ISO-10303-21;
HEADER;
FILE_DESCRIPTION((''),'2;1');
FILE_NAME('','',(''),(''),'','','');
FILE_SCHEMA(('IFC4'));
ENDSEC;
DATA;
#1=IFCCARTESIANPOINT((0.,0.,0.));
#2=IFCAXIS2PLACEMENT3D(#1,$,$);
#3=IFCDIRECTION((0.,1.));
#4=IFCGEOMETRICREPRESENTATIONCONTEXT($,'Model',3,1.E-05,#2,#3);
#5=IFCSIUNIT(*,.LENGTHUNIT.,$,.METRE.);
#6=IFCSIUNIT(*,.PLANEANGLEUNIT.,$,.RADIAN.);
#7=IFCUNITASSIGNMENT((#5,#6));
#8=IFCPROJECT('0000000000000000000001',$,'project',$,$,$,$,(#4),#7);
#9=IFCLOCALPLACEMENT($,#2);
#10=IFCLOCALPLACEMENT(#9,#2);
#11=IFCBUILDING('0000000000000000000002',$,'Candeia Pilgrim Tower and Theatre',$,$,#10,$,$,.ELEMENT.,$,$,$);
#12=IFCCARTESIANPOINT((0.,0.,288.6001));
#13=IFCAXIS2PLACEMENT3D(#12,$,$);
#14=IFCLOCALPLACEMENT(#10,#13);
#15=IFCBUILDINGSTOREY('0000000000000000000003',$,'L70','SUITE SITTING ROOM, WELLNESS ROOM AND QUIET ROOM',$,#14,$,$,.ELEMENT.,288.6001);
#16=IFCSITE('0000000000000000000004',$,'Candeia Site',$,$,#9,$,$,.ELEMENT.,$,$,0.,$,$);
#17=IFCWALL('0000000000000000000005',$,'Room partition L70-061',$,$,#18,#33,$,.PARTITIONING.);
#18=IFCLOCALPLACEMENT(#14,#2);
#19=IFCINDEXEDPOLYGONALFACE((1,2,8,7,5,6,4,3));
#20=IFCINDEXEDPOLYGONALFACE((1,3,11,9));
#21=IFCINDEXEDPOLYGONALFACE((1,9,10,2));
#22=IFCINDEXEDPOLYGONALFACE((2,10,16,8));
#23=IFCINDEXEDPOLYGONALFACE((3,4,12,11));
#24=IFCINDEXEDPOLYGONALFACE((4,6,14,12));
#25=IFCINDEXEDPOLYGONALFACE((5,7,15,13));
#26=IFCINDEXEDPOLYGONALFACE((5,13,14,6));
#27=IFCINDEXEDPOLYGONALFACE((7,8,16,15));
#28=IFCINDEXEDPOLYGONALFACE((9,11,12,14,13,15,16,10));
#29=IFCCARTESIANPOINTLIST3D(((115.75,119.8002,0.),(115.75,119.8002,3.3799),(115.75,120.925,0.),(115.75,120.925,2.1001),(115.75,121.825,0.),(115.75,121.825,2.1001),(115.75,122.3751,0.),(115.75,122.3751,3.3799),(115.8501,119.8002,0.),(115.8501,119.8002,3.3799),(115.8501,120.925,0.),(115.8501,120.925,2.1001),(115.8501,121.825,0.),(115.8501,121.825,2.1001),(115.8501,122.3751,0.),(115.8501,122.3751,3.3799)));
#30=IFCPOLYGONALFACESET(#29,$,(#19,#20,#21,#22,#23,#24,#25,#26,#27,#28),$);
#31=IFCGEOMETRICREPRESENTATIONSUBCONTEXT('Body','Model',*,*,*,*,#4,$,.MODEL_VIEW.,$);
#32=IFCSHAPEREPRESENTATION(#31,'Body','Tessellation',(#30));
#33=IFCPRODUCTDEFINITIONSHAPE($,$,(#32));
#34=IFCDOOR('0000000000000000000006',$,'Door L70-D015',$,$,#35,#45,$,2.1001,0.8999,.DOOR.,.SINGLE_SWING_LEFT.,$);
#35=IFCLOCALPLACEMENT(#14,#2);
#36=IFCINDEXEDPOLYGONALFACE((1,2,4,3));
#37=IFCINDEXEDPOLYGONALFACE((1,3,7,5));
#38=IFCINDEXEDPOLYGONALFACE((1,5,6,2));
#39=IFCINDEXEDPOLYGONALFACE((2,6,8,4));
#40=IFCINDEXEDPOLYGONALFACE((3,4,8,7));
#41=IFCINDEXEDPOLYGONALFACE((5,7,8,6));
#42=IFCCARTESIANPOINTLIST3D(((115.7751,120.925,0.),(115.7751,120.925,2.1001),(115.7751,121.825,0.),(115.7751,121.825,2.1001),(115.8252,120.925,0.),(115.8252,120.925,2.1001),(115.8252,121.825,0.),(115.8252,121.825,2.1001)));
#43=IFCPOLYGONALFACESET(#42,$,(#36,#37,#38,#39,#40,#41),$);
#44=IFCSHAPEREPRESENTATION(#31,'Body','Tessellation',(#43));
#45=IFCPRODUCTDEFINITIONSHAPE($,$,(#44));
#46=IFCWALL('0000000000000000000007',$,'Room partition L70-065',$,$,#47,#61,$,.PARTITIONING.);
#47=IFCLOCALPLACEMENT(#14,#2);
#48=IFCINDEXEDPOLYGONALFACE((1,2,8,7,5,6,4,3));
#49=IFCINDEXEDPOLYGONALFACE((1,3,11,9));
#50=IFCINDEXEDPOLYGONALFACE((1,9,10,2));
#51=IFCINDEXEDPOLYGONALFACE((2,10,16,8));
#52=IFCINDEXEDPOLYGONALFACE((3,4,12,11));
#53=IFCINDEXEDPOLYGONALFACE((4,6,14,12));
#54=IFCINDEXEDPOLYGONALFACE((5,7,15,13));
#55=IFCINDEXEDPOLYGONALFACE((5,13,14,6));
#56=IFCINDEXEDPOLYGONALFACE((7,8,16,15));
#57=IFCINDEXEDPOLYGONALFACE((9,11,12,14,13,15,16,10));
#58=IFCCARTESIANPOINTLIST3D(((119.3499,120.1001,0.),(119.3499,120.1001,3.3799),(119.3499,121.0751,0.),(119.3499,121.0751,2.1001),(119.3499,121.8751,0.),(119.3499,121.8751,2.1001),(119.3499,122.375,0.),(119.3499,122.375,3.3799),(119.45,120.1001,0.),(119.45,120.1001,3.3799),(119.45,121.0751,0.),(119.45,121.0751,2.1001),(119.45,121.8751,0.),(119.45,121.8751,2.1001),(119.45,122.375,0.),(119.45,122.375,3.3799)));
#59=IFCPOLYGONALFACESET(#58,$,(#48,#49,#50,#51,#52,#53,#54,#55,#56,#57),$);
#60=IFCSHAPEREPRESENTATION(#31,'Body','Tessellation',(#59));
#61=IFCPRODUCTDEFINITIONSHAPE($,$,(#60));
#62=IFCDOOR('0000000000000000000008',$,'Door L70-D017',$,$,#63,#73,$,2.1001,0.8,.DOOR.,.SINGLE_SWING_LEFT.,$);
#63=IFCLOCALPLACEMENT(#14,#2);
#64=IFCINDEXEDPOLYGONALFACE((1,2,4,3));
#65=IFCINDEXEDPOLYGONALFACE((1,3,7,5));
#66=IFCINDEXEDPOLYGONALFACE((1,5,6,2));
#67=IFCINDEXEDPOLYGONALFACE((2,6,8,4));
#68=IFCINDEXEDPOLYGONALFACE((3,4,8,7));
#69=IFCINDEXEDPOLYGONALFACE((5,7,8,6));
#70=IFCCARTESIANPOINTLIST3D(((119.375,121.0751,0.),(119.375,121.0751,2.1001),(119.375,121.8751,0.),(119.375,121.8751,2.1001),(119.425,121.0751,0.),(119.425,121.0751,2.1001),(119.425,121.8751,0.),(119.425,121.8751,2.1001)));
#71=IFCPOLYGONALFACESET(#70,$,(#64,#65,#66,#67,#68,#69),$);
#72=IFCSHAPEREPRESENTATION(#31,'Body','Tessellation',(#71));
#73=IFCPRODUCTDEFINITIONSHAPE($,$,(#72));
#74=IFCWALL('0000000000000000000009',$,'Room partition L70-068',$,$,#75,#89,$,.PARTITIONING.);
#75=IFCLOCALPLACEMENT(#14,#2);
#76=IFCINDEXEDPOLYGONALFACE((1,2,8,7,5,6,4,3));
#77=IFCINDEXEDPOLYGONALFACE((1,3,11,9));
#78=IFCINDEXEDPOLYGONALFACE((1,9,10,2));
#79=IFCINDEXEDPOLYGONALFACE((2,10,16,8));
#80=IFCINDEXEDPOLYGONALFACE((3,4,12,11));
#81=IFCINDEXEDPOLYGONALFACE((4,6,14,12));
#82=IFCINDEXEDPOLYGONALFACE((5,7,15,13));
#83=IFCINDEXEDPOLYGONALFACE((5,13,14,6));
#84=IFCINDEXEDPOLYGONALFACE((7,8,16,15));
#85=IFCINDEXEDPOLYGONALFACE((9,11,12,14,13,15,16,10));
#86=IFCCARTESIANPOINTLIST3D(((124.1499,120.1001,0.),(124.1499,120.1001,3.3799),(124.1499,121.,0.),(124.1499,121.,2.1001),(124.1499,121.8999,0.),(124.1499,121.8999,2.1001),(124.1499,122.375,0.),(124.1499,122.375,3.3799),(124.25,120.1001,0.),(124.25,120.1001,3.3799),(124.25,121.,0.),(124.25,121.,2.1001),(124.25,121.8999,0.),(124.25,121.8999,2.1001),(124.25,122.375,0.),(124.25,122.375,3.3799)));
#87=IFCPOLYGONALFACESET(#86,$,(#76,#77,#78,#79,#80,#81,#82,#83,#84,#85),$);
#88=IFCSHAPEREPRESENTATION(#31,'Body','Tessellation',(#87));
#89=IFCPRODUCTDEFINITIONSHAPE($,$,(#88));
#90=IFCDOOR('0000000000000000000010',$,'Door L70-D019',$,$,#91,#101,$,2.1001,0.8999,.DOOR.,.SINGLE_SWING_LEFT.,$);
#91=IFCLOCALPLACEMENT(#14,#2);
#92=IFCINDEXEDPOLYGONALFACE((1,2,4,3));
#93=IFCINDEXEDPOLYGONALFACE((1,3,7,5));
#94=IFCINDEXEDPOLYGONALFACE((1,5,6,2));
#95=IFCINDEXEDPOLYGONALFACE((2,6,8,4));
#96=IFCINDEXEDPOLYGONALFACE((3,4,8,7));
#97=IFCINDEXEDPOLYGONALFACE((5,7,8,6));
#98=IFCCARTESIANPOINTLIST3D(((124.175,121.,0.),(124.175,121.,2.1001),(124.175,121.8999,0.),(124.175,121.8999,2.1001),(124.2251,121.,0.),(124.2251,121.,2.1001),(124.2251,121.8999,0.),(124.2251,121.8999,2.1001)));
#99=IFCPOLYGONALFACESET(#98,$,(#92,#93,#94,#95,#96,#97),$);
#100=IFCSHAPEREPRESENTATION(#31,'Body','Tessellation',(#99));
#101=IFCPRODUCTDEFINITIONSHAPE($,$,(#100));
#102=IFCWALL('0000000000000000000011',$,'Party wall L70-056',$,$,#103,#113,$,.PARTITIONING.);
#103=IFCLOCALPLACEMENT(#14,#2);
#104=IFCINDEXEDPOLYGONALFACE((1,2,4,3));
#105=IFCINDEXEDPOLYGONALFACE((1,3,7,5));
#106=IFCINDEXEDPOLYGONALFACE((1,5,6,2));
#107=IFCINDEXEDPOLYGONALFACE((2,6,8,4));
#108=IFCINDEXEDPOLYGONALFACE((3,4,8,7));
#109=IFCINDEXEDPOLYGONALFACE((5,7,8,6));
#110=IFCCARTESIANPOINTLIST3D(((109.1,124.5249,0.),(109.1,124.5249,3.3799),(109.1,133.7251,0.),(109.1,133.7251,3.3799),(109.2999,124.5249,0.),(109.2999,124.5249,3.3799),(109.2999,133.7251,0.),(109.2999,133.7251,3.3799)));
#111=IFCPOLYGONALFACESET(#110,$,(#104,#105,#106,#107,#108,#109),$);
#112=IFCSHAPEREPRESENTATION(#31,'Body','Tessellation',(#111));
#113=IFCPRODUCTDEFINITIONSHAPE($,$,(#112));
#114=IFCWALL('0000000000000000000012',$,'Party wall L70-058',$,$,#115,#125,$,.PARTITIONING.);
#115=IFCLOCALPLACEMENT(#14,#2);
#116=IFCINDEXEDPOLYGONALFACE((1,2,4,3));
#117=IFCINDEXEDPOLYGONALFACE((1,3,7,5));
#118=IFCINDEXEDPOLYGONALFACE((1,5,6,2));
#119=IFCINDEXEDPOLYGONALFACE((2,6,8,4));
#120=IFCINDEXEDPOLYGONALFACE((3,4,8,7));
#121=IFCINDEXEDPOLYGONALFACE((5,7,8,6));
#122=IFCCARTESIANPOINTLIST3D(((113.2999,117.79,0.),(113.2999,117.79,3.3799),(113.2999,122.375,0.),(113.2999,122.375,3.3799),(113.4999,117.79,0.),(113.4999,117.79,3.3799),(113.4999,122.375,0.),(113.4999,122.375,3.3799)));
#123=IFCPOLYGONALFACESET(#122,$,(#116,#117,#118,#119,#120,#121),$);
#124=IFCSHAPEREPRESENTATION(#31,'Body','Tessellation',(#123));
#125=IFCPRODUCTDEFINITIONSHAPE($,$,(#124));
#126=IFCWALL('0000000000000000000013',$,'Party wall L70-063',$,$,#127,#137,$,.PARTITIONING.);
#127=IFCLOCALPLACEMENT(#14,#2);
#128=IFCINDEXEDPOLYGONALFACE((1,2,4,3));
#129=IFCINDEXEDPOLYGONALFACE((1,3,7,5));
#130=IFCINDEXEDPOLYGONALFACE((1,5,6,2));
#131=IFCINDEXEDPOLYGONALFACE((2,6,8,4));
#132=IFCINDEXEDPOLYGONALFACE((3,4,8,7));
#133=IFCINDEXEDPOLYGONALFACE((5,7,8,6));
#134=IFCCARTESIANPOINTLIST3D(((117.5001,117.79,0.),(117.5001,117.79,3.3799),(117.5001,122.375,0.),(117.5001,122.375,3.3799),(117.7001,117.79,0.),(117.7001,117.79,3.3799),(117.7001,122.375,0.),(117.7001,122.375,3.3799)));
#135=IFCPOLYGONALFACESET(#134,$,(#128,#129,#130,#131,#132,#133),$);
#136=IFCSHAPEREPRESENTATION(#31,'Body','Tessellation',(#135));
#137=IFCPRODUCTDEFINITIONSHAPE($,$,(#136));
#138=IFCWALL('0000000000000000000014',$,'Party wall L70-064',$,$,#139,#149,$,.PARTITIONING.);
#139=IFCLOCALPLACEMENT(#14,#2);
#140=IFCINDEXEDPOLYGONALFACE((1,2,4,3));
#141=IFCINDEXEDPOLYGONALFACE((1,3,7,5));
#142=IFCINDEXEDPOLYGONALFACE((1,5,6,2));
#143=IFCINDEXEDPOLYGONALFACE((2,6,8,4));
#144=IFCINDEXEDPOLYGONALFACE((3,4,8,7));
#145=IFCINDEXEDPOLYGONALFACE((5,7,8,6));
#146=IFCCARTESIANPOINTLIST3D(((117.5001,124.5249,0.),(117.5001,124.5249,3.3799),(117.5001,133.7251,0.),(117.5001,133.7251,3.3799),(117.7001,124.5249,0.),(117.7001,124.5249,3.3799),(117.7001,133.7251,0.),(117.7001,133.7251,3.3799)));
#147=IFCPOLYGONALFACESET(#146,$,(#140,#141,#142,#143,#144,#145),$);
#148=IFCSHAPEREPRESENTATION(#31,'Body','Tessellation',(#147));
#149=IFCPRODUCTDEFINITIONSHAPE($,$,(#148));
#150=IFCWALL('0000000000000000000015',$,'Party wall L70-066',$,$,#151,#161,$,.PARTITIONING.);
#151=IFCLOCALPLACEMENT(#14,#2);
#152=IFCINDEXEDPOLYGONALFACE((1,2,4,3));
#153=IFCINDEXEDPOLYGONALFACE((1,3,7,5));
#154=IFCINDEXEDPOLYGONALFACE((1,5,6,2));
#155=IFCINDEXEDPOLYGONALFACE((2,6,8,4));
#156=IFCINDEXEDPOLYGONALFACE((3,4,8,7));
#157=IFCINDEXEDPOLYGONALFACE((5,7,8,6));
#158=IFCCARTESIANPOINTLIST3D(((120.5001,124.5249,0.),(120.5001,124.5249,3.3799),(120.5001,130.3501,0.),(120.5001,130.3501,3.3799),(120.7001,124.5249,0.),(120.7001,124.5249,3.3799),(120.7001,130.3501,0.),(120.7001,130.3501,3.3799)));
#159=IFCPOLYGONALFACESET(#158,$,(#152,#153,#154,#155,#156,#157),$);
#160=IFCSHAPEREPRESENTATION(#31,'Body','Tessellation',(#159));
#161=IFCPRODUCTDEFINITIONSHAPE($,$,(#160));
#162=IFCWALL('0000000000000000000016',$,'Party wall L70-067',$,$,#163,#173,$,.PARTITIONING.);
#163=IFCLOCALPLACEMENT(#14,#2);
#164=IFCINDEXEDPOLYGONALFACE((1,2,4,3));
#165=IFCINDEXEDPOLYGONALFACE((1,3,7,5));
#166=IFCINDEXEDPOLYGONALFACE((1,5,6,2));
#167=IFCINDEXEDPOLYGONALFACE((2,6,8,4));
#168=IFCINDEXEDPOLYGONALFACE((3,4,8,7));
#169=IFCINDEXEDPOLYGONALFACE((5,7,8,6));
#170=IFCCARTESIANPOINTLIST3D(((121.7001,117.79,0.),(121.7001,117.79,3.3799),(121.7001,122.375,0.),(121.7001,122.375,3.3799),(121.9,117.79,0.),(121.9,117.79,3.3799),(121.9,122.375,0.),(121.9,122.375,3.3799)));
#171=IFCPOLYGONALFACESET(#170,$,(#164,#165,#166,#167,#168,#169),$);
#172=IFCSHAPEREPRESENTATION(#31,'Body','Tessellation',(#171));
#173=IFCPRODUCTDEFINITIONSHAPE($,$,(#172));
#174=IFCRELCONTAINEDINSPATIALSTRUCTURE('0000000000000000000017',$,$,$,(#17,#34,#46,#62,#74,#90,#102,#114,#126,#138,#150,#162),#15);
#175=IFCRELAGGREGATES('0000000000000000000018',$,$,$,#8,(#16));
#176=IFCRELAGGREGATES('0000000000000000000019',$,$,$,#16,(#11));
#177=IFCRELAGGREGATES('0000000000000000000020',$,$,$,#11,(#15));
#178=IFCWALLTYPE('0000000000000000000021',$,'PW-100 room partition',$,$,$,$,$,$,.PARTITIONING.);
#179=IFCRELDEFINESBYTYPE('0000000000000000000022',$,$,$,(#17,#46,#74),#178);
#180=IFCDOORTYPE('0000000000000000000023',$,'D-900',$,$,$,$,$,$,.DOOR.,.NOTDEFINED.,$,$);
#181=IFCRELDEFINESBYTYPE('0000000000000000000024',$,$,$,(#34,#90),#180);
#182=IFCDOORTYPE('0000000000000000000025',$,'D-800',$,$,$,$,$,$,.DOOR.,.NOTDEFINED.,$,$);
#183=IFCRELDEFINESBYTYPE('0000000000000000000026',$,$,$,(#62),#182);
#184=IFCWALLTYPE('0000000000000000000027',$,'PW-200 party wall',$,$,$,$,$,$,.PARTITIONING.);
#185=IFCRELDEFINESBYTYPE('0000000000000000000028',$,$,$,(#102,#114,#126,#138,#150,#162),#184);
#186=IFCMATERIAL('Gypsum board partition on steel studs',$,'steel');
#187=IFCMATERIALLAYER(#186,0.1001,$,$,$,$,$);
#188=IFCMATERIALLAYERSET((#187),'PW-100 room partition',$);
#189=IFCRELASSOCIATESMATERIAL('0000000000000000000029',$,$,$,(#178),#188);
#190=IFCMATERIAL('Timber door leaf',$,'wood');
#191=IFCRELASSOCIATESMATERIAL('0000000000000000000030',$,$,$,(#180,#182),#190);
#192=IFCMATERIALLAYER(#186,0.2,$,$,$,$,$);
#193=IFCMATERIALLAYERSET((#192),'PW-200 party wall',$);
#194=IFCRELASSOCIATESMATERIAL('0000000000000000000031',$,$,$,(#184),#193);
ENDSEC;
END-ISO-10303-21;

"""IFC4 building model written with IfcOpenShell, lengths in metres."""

from ifc_helpers import new_model, si_unit, direction, frame, frame_2d, origin, place, context, subcontext, project, spatial, rectangle, extrude, material, layer, layer_set, type_object, element, fill, save


model = new_model("IFC4")

# Units and contexts
model_context = context("Model", 3, precision=1e-05, world=origin(), true_north=direction((0.0, 1.0)))
body_context = subcontext(model_context, "Body", "Model", "MODEL_VIEW")
ifc_project = project(units=[si_unit("LENGTHUNIT", "METRE"), si_unit("PLANEANGLEUNIT", "RADIAN")], contexts=[model_context])

# Site, building, storey
site_placement = place(None, origin())
site = spatial("IfcSite", under=ifc_project, at=site_placement, Name="Candeia Site", CompositionType="ELEMENT", RefElevation=0.0)
building_placement = place(site_placement, origin())
building = spatial("IfcBuilding", under=site, at=building_placement, Name="Candeia Pilgrim Tower and Theatre", CompositionType="ELEMENT")
storey_placement = place(building_placement, frame((0.0, 0.0, 288.6001)))
storey = spatial("IfcBuildingStorey", under=building, at=storey_placement, Name="L70", Description="SUITE SITTING ROOM, WELLNESS ROOM AND QUIET ROOM", CompositionType="ELEMENT", Elevation=288.6001)

# Shared definitions
ifc_material_1 = material(Name="Gypsum board partition on steel studs", Category="steel")
ifc_layer_1 = layer(ifc_material_1, 0.1001)
ifc_layer_set_1 = layer_set([ifc_layer_1], Name="PW-100 room partition")
wall_type_1 = type_object("IfcWallType", Name="PW-100 room partition", PredefinedType="PARTITIONING", material=ifc_layer_set_1)

# Walls, openings, doors
ifc_material_2 = material(Name="Timber door leaf", Category="wood")
door_type_1 = type_object("IfcDoorType", Name="D-900", OperationType="NOTDEFINED", PredefinedType="DOOR", material=ifc_material_2)
wall_1_placement = place(storey_placement, frame((115.8, 119.8, 0.0), z_axis=(0.0, 0.0, 1.0), x_axis=(0.0, 1.0, 0.0)))
wall_1 = element("IfcWall", 1, at=wall_1_placement, inside=storey, type_object=wall_type_1, Name="Room partition L70-061", PredefinedType="PARTITIONING", context=body_context, shape_type="SweptSolid", body=[
    extrude(rectangle(XDim=2.575, YDim=0.1001, at=frame_2d((1.2876, 0.0))), origin(), (0.0, 0.0, 1.0), 3.3799),
])
opening_1_placement = place(wall_1_placement, frame((1.125, 0.0, 0.0)))
opening_1 = element("IfcOpeningElement", 2, at=opening_1_placement, cuts=wall_1, PredefinedType="OPENING", context=body_context, shape_type="SweptSolid", body=[
    extrude(rectangle(XDim=0.8999, YDim=2.1001, at=frame_2d((0.45, 1.05))), frame((0.0, 0.0601, 0.0), z_axis=(0.0, -1.0, 0.0), x_axis=(1.0, 0.0, 0.0)), (0.0, 0.0, 1.0), 0.1201),
])
door_1_placement = place(opening_1_placement, origin())
door_1 = element("IfcDoor", 3, at=door_1_placement, inside=storey, type_object=door_type_1, Name="Door L70-D015", OperationType="SINGLE_SWING_LEFT", OverallHeight=2.1001, OverallWidth=0.8999, PredefinedType="DOOR", context=body_context, shape_type="SweptSolid", body=[
    extrude(rectangle(XDim=0.8999, YDim=2.1001, at=frame_2d((0.45, 1.05))), frame((0.0, 0.0249, 0.0), z_axis=(0.0, -1.0, 0.0), x_axis=(1.0, 0.0, 0.0)), (0.0, 0.0, 1.0), 0.05),
])
fill(opening_1, door_1)
wall_2_placement = place(storey_placement, frame((119.3999, 120.1001, 0.0), z_axis=(0.0, 0.0, 1.0), x_axis=(0.0, 1.0, 0.0)))
wall_2 = element("IfcWall", 4, at=wall_2_placement, inside=storey, type_object=wall_type_1, Name="Room partition L70-065", PredefinedType="PARTITIONING", context=body_context, shape_type="SweptSolid", body=[
    extrude(rectangle(XDim=2.2749, YDim=0.1001, at=frame_2d((1.1375, 0.0))), origin(), (0.0, 0.0, 1.0), 3.3799),
])
opening_2_placement = place(wall_2_placement, frame((0.9751, 0.0, 0.0)))
opening_2 = element("IfcOpeningElement", 5, at=opening_2_placement, cuts=wall_2, PredefinedType="OPENING", context=body_context, shape_type="SweptSolid", body=[
    extrude(rectangle(XDim=0.8, YDim=2.1001, at=frame_2d((0.3999, 1.05))), frame((0.0, 0.0601, 0.0), z_axis=(0.0, -1.0, 0.0), x_axis=(1.0, 0.0, 0.0)), (0.0, 0.0, 1.0), 0.1201),
])
door_type_2 = type_object("IfcDoorType", Name="D-800", OperationType="NOTDEFINED", PredefinedType="DOOR", material=ifc_material_2)
door_2_placement = place(opening_2_placement, origin())
door_2 = element("IfcDoor", 6, at=door_2_placement, inside=storey, type_object=door_type_2, Name="Door L70-D017", OperationType="SINGLE_SWING_LEFT", OverallHeight=2.1001, OverallWidth=0.8, PredefinedType="DOOR", context=body_context, shape_type="SweptSolid", body=[
    extrude(rectangle(XDim=0.8, YDim=2.1001, at=frame_2d((0.3999, 1.05))), frame((0.0, 0.0249, 0.0), z_axis=(0.0, -1.0, 0.0), x_axis=(1.0, 0.0, 0.0)), (0.0, 0.0, 1.0), 0.05),
])
fill(opening_2, door_2)
wall_3_placement = place(storey_placement, frame((124.2, 120.1001, 0.0), z_axis=(0.0, 0.0, 1.0), x_axis=(0.0, 1.0, 0.0)))
wall_3 = element("IfcWall", 7, at=wall_3_placement, inside=storey, type_object=wall_type_1, Name="Room partition L70-068", PredefinedType="PARTITIONING", context=body_context, shape_type="SweptSolid", body=[
    extrude(rectangle(XDim=2.2749, YDim=0.1001, at=frame_2d((1.1375, 0.0))), origin(), (0.0, 0.0, 1.0), 3.3799),
])
opening_3_placement = place(wall_3_placement, frame((0.8999, 0.0, 0.0)))
opening_3 = element("IfcOpeningElement", 8, at=opening_3_placement, cuts=wall_3, PredefinedType="OPENING", context=body_context, shape_type="SweptSolid", body=[
    extrude(rectangle(XDim=0.8999, YDim=2.1001, at=frame_2d((0.45, 1.05))), frame((0.0, 0.0601, 0.0), z_axis=(0.0, -1.0, 0.0), x_axis=(1.0, 0.0, 0.0)), (0.0, 0.0, 1.0), 0.1201),
])
door_3_placement = place(opening_3_placement, origin())
door_3 = element("IfcDoor", 9, at=door_3_placement, inside=storey, type_object=door_type_1, Name="Door L70-D019", OperationType="SINGLE_SWING_LEFT", OverallHeight=2.1001, OverallWidth=0.8999, PredefinedType="DOOR", context=body_context, shape_type="SweptSolid", body=[
    extrude(rectangle(XDim=0.8999, YDim=2.1001, at=frame_2d((0.45, 1.05))), frame((0.0, 0.0249, 0.0), z_axis=(0.0, -1.0, 0.0), x_axis=(1.0, 0.0, 0.0)), (0.0, 0.0, 1.0), 0.05),
])
fill(opening_3, door_3)

# Walls
ifc_layer_2 = layer(ifc_material_1, 0.2)
ifc_layer_set_2 = layer_set([ifc_layer_2], Name="PW-200 party wall")
wall_type_2 = type_object("IfcWallType", Name="PW-200 party wall", PredefinedType="PARTITIONING", material=ifc_layer_set_2)
wall_4_placement = place(storey_placement, frame((109.2, 124.5249, 0.0), z_axis=(0.0, 0.0, 1.0), x_axis=(0.0, 1.0, 0.0)))
element("IfcWall", 10, at=wall_4_placement, inside=storey, type_object=wall_type_2, Name="Party wall L70-056", PredefinedType="PARTITIONING", context=body_context, shape_type="SweptSolid", body=[
    extrude(rectangle(XDim=9.2002, YDim=0.2, at=frame_2d((4.6001, 0.0))), origin(), (0.0, 0.0, 1.0), 3.3799),
])
for number, where, z_axis, x_axis, name in (
    (11, (113.3999, 117.79, 0.0), (0.0, 0.0, 1.0), (0.0, 1.0, 0.0), "Party wall L70-058"),
    (12, (117.6001, 117.79, 0.0), (0.0, 0.0, 1.0), (0.0, 1.0, 0.0), "Party wall L70-063"),
):
    element("IfcWall", number, at=place(storey_placement, frame(where, z_axis=z_axis, x_axis=x_axis)), inside=storey, type_object=wall_type_2, Name=name, PredefinedType="PARTITIONING", context=body_context, shape_type="SweptSolid", body=[
        extrude(rectangle(XDim=4.585, YDim=0.2, at=frame_2d((2.2925, 0.0))), origin(), (0.0, 0.0, 1.0), 3.3799),
    ])
wall_5_placement = place(storey_placement, frame((117.6001, 124.5249, 0.0), z_axis=(0.0, 0.0, 1.0), x_axis=(0.0, 1.0, 0.0)))
element("IfcWall", 13, at=wall_5_placement, inside=storey, type_object=wall_type_2, Name="Party wall L70-064", PredefinedType="PARTITIONING", context=body_context, shape_type="SweptSolid", body=[
    extrude(rectangle(XDim=9.2002, YDim=0.2, at=frame_2d((4.6001, 0.0))), origin(), (0.0, 0.0, 1.0), 3.3799),
])
wall_6_placement = place(storey_placement, frame((120.6001, 124.5249, 0.0), z_axis=(0.0, 0.0, 1.0), x_axis=(0.0, 1.0, 0.0)))
element("IfcWall", 14, at=wall_6_placement, inside=storey, type_object=wall_type_2, Name="Party wall L70-066", PredefinedType="PARTITIONING", context=body_context, shape_type="SweptSolid", body=[
    extrude(rectangle(XDim=5.8252, YDim=0.2, at=frame_2d((2.9126, 0.0))), origin(), (0.0, 0.0, 1.0), 3.3799),
])
wall_7_placement = place(storey_placement, frame((121.8, 117.79, 0.0), z_axis=(0.0, 0.0, 1.0), x_axis=(0.0, 1.0, 0.0)))
element("IfcWall", 15, at=wall_7_placement, inside=storey, type_object=wall_type_2, Name="Party wall L70-067", PredefinedType="PARTITIONING", context=body_context, shape_type="SweptSolid", body=[
    extrude(rectangle(XDim=4.585, YDim=0.2, at=frame_2d((2.2925, 0.0))), origin(), (0.0, 0.0, 1.0), 3.3799),
])

save(model, "model.ifc")
